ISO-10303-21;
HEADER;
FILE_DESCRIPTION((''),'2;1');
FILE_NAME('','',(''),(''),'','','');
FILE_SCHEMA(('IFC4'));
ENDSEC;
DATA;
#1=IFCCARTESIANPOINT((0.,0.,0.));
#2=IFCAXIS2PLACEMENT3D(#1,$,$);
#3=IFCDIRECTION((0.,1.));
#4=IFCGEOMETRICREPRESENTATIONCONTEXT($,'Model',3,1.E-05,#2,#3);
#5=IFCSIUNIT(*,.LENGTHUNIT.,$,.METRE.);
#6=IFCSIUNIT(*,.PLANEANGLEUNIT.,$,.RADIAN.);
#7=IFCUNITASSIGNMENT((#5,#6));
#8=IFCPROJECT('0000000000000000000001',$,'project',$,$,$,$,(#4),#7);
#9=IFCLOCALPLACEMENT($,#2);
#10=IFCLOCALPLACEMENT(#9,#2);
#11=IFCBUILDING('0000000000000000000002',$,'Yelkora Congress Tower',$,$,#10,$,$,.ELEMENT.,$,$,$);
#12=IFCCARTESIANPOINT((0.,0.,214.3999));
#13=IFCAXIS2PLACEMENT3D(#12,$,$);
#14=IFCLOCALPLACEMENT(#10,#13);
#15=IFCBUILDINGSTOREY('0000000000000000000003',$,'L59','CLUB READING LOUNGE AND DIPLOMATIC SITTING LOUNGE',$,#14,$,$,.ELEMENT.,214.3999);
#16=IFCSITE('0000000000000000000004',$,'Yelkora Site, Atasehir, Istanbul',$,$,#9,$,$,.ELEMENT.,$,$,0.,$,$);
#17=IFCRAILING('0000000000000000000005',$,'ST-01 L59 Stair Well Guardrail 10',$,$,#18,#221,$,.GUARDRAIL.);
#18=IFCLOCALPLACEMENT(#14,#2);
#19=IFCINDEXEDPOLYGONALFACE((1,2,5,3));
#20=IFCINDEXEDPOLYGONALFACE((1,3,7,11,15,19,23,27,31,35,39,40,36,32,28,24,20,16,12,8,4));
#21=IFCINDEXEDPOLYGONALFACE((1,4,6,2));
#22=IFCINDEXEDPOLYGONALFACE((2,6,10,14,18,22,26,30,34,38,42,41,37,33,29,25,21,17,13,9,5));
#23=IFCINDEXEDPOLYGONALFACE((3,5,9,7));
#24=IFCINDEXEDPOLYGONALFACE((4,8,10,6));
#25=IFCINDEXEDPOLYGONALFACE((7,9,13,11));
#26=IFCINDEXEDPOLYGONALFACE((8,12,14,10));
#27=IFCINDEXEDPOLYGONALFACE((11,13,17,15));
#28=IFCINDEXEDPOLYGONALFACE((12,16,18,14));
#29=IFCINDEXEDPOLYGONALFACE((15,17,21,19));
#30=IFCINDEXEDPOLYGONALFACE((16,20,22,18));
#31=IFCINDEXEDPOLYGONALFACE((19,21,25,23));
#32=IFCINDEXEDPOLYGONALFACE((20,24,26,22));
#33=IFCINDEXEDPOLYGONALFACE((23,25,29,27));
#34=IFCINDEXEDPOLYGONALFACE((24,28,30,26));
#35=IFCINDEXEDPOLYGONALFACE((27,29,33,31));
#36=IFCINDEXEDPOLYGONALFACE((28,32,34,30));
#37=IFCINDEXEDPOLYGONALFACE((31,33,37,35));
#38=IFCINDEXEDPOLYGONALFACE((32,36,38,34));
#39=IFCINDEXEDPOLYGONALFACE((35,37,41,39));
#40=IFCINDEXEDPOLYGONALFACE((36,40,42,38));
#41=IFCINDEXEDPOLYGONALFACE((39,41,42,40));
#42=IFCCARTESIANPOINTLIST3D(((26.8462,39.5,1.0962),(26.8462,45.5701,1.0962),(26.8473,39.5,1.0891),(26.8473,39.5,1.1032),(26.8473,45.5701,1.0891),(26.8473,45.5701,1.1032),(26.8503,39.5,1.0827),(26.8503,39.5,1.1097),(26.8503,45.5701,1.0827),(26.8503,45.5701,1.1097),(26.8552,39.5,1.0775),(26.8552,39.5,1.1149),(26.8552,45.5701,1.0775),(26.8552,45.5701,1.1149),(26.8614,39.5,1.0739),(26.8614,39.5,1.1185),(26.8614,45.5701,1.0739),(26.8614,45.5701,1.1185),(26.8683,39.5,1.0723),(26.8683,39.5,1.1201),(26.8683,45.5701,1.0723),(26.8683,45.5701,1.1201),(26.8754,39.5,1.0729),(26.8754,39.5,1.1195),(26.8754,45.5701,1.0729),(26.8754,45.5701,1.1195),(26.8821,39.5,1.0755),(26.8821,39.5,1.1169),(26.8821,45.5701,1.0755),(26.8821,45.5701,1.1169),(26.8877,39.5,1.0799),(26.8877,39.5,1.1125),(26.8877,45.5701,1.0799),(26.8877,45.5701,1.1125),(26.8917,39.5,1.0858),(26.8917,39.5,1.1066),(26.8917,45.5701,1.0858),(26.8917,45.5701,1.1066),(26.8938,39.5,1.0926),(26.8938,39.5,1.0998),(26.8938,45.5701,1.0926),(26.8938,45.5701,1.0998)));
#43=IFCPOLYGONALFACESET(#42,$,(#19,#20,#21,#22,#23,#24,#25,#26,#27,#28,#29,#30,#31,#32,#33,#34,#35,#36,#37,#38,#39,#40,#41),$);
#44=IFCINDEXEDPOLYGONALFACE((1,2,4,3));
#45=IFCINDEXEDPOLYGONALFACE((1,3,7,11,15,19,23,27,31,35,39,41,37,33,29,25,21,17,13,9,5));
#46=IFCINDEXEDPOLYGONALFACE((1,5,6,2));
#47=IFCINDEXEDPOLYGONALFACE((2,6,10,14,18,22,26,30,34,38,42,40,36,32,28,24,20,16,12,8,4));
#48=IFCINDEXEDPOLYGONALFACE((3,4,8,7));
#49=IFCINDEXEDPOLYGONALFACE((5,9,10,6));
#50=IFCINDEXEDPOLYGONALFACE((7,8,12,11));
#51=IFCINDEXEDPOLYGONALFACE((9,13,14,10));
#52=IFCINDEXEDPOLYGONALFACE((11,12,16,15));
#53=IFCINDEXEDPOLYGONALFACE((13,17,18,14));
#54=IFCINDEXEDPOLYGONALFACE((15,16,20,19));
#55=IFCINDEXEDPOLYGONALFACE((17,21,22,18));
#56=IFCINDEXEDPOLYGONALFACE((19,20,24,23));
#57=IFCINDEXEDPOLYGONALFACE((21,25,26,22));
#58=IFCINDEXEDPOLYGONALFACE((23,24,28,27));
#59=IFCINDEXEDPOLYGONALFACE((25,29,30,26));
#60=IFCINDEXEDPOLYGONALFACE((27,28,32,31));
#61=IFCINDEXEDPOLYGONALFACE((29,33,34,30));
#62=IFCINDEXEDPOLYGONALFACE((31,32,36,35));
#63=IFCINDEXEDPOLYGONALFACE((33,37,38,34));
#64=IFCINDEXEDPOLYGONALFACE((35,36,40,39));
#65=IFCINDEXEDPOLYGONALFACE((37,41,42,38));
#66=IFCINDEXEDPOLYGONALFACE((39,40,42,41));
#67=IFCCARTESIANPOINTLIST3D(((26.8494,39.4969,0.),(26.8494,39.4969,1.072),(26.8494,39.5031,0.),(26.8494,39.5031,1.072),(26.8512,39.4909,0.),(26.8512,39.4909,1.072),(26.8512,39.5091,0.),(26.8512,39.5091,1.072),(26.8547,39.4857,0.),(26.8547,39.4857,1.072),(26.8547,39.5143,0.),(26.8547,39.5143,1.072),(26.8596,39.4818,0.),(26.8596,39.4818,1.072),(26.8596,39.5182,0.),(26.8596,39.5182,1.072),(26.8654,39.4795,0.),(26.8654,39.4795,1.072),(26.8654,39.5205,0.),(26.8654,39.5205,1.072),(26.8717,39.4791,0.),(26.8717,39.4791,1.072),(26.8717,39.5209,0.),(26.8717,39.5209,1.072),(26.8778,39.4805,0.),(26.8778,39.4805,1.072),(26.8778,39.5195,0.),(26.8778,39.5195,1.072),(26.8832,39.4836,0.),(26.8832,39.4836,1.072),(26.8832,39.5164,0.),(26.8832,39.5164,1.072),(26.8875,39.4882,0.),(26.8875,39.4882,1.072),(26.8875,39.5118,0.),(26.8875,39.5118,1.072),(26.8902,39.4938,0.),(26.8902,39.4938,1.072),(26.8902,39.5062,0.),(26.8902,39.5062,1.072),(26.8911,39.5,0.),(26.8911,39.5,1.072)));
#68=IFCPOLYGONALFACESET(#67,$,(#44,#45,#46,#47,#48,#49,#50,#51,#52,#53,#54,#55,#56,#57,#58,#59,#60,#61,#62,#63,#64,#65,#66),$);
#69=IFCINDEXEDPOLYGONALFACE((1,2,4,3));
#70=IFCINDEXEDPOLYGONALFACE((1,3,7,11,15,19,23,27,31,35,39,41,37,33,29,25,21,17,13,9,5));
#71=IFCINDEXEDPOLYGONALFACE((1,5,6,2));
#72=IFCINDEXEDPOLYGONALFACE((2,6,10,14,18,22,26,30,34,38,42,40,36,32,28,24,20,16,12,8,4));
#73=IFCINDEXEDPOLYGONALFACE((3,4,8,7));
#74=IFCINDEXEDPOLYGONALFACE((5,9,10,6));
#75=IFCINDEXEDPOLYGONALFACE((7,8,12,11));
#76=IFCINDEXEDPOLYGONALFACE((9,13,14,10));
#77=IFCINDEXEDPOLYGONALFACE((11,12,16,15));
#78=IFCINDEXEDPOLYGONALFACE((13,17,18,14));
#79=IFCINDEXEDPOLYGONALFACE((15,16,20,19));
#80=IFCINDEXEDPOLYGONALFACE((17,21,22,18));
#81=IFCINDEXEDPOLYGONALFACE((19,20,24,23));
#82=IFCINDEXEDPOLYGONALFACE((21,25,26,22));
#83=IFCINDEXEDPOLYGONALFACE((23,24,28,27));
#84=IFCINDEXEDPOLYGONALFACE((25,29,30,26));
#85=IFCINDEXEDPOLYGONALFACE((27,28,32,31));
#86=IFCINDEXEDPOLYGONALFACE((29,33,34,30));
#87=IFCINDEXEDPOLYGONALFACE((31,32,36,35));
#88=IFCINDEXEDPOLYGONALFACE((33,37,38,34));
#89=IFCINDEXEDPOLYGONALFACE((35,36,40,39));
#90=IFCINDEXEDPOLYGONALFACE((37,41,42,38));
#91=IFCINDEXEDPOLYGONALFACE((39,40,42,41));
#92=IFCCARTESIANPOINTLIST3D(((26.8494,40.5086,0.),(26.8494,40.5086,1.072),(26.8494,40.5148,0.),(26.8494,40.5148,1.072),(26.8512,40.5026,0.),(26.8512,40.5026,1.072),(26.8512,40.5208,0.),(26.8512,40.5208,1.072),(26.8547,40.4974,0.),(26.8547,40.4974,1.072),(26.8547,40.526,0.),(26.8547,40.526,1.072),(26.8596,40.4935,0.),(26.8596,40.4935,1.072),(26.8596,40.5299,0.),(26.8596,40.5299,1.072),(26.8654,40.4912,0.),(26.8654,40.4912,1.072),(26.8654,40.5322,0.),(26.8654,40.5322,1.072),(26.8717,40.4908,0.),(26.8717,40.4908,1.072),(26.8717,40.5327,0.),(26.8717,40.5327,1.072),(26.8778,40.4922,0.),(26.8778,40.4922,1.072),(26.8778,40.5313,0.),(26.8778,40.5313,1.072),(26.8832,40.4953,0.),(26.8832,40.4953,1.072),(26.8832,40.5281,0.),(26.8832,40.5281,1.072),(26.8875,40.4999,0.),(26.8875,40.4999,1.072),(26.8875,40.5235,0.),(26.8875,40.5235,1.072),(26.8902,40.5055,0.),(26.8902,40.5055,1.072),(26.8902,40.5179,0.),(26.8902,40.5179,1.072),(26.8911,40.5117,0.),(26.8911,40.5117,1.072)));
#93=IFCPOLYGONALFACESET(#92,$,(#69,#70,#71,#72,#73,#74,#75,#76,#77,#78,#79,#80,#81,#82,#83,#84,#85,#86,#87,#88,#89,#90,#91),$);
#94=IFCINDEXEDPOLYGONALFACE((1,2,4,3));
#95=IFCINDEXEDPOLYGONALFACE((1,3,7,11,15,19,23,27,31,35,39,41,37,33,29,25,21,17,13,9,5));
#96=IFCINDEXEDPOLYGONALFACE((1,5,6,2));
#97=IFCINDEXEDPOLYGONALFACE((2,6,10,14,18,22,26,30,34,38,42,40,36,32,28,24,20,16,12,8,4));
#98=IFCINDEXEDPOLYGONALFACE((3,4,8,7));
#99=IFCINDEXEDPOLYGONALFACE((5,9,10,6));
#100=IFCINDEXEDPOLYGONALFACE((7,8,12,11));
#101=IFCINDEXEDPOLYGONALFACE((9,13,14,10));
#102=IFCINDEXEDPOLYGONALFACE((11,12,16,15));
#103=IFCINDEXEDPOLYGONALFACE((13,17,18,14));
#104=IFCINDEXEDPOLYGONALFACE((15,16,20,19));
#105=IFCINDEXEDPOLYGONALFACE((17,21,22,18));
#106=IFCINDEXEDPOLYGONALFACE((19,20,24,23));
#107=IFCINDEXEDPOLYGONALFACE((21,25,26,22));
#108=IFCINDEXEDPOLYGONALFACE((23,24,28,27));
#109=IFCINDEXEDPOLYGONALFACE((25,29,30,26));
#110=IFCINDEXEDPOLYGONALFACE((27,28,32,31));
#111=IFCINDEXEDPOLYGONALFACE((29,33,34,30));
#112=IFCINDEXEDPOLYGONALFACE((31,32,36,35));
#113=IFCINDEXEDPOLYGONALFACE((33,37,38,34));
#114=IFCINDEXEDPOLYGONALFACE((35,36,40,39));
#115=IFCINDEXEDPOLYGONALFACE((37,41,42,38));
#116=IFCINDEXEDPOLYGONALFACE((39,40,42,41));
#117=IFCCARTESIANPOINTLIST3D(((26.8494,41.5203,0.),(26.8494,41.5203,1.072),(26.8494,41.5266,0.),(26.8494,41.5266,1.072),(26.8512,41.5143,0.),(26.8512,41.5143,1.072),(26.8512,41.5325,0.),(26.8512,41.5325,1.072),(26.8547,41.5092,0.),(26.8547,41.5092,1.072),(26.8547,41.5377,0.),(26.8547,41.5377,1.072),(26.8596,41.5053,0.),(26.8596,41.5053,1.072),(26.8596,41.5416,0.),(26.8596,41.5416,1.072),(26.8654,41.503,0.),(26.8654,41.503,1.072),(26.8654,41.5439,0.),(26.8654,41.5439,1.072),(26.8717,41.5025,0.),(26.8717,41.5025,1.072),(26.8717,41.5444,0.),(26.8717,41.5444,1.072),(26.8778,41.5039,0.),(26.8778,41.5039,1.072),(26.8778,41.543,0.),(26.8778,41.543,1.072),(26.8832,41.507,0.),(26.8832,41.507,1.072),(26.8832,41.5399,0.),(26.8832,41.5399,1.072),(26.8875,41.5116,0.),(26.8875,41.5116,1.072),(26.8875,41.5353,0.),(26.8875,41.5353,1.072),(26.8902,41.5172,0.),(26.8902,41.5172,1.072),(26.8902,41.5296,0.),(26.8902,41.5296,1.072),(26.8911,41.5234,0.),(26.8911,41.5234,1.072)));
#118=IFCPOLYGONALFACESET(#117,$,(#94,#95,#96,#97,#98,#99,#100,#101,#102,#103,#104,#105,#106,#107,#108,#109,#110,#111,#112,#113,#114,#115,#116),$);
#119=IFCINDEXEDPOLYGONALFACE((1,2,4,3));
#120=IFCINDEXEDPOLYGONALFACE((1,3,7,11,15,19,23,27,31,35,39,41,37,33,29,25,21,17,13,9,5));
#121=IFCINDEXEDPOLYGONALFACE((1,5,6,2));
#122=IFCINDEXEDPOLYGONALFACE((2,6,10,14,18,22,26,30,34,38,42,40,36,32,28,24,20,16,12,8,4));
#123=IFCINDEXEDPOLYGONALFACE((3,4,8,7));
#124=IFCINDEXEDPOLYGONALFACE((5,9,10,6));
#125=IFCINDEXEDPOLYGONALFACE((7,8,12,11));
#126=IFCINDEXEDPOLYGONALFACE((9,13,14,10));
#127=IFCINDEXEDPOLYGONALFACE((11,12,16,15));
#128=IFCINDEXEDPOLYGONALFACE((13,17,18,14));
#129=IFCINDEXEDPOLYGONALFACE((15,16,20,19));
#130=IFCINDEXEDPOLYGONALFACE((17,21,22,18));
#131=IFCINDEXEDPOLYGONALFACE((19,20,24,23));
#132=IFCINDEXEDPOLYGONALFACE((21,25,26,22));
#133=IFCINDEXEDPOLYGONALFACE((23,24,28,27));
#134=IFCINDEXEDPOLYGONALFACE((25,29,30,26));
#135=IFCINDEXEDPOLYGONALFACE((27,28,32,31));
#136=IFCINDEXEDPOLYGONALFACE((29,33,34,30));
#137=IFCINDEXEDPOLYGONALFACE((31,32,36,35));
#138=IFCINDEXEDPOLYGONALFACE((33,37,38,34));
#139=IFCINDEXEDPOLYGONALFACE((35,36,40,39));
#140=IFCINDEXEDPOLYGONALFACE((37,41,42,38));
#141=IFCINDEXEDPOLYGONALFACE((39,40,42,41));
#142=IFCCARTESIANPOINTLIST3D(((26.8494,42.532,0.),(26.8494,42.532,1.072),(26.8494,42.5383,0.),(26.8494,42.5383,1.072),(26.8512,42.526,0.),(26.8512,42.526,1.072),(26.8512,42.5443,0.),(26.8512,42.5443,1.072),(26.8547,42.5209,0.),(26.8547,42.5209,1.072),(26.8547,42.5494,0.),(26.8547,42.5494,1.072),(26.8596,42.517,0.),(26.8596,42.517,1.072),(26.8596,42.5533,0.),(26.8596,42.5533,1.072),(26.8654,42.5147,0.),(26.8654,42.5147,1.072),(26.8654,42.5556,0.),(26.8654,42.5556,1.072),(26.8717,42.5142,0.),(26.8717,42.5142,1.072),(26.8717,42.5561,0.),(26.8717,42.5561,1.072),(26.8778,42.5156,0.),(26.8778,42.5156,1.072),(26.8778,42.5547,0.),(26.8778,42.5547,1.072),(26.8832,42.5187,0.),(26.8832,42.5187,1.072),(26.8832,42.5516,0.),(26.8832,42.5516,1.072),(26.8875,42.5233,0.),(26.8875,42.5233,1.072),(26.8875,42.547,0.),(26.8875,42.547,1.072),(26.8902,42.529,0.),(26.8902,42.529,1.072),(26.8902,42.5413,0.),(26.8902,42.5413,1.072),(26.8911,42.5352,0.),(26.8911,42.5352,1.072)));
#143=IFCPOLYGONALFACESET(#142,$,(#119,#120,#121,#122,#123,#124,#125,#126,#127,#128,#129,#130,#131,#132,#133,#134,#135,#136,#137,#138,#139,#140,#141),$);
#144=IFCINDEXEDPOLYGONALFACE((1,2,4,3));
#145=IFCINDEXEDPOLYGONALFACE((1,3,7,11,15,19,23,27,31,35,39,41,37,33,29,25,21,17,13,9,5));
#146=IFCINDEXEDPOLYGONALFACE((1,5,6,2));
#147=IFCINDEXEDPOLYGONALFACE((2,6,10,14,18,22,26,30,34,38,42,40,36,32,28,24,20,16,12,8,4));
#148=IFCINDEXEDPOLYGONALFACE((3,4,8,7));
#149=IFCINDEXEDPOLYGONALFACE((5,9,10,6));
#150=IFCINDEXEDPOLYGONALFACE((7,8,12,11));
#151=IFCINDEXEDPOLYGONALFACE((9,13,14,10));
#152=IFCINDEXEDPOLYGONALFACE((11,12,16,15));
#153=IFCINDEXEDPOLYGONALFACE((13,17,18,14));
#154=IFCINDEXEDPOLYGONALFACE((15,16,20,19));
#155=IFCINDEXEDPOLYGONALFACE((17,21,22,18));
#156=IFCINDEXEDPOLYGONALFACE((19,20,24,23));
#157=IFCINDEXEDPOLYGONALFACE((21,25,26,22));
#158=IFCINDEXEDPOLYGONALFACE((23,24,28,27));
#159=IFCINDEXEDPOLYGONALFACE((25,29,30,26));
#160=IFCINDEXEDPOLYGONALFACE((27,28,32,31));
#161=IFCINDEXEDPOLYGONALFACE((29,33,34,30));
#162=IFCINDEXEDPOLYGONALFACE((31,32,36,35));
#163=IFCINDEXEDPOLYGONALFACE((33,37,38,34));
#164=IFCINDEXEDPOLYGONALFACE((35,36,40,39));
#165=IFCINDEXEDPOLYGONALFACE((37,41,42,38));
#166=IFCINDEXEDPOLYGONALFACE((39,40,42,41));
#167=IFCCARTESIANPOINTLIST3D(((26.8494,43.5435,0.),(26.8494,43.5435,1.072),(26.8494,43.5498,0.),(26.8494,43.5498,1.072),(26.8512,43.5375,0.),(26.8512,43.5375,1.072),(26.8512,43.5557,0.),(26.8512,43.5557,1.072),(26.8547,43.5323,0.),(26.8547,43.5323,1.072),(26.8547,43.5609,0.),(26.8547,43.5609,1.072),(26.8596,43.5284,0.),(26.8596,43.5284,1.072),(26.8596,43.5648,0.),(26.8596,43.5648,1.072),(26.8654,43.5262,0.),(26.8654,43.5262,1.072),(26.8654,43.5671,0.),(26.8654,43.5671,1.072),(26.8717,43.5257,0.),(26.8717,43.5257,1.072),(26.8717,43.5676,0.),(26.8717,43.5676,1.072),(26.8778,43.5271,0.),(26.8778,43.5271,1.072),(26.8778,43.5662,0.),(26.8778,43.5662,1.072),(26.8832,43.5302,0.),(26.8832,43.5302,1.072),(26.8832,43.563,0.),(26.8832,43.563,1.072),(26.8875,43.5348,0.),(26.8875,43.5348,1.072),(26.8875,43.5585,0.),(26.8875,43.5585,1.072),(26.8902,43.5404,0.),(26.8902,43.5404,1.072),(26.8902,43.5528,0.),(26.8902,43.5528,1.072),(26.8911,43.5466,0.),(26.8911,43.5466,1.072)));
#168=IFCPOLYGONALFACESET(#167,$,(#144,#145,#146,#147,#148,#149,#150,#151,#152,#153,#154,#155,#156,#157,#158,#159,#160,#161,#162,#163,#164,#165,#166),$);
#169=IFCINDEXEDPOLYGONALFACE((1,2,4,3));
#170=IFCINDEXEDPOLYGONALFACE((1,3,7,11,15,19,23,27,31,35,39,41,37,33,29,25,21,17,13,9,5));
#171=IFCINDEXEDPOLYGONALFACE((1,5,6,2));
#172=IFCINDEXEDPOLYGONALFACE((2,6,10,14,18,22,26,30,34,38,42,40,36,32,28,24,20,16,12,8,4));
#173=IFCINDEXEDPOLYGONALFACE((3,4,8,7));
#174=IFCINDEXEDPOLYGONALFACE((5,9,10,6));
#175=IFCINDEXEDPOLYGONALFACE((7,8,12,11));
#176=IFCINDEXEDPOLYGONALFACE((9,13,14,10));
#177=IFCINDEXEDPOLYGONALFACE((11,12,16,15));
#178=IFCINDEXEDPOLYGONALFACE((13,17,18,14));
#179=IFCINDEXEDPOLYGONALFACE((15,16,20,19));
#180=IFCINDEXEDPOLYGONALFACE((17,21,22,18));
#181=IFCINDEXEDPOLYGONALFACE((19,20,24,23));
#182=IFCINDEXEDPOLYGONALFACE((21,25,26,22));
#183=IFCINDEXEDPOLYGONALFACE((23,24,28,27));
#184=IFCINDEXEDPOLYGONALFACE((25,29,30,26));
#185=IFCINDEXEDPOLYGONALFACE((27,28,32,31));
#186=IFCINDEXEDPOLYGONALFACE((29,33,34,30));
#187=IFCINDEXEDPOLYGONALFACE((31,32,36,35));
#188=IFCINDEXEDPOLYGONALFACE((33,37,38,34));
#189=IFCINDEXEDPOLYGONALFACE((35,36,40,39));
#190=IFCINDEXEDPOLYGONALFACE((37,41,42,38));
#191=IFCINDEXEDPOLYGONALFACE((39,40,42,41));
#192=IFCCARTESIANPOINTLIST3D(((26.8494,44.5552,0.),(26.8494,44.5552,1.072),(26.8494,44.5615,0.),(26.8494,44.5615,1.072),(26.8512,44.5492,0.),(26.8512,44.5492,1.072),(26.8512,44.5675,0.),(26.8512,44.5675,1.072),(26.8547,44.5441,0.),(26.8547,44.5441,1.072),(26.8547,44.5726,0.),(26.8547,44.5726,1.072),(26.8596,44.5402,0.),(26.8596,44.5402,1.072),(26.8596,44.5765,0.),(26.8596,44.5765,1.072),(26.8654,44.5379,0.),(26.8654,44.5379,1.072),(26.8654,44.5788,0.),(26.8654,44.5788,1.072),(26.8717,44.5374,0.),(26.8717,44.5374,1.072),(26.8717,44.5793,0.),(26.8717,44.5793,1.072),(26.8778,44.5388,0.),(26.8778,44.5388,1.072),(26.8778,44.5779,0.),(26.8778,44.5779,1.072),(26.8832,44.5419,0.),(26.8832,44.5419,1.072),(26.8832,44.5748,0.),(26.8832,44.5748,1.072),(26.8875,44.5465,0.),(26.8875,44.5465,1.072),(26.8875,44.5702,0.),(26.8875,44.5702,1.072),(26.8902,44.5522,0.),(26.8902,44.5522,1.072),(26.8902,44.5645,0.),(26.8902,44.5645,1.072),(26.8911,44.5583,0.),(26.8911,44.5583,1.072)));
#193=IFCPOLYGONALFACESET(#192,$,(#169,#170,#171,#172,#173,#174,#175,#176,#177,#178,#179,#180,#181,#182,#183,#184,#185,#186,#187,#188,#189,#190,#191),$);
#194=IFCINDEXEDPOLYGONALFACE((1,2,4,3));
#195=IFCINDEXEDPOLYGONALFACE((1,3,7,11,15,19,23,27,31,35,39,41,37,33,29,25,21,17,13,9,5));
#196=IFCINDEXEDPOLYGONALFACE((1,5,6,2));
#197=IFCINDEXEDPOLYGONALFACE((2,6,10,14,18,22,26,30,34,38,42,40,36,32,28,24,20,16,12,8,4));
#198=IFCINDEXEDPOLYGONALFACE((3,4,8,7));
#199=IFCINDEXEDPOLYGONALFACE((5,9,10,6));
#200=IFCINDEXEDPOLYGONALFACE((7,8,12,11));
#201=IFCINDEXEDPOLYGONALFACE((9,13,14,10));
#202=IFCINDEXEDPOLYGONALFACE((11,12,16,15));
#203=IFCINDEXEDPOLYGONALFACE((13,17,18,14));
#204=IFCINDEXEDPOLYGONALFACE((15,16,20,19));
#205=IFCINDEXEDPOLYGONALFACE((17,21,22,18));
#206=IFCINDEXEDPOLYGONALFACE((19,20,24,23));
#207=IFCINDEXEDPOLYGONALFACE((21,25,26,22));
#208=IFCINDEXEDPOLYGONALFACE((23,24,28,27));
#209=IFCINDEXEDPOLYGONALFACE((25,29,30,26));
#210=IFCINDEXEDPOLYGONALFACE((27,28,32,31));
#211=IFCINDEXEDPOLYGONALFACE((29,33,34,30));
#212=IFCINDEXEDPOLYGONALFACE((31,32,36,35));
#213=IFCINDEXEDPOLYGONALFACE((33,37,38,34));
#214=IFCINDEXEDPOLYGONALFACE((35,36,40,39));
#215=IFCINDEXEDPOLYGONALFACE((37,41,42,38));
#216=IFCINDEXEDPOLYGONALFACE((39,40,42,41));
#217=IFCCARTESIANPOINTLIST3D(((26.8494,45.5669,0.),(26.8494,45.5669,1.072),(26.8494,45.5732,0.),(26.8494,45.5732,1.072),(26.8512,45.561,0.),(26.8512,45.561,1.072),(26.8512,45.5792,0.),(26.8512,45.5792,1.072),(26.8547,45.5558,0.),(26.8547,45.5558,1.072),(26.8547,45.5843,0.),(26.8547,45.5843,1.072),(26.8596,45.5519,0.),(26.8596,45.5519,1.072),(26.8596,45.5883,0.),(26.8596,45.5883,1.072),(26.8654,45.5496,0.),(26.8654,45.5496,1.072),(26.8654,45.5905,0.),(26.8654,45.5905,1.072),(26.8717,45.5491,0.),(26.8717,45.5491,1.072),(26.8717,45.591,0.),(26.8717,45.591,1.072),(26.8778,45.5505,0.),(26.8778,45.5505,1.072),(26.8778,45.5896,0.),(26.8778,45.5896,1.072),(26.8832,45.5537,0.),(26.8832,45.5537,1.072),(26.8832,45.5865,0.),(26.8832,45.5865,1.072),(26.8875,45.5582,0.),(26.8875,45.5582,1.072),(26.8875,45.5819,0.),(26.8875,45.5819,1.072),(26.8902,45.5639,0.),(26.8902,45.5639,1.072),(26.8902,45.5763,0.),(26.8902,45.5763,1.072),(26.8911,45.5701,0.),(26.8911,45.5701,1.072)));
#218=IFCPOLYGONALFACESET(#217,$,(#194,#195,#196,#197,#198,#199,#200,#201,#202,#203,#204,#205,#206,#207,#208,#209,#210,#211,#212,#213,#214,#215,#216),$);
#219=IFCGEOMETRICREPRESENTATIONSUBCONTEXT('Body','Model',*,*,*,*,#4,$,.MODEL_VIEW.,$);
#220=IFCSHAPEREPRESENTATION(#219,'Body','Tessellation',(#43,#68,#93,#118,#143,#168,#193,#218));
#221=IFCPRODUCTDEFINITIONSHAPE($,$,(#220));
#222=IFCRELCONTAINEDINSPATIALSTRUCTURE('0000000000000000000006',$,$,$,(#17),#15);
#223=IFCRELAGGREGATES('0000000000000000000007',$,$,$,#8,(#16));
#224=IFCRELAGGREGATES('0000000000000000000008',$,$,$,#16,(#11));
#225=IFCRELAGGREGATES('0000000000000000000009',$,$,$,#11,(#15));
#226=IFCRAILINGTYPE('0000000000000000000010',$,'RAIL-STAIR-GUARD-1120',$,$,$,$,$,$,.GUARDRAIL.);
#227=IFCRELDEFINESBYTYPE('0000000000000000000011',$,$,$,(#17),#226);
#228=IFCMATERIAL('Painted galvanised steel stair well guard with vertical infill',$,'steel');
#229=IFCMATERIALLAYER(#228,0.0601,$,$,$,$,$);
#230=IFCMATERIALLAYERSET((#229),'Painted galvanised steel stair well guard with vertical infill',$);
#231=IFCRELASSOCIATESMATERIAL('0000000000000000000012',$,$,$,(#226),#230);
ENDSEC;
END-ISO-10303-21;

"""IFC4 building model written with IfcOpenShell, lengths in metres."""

from ifc_helpers import new_model, si_unit, direction, frame, origin, origin_2d, place, context, subcontext, project, spatial, circle, extrude, material, layer, layer_set, type_object, element, save


model = new_model("IFC4")

# Units and contexts
model_context = context("Model", 3, precision=1e-05, world=origin(), true_north=direction((0.0, 1.0)))
body_context = subcontext(model_context, "Body", "Model", "MODEL_VIEW")
ifc_project = project(units=[si_unit("LENGTHUNIT", "METRE"), si_unit("PLANEANGLEUNIT", "RADIAN")], contexts=[model_context])

# Site, building, storey
site_placement = place(None, origin())
site = spatial("IfcSite", under=ifc_project, at=site_placement, Name="Yelkora Site, Atasehir, Istanbul", CompositionType="ELEMENT", RefElevation=0.0)
building_placement = place(site_placement, origin())
building = spatial("IfcBuilding", under=site, at=building_placement, Name="Yelkora Congress Tower", CompositionType="ELEMENT")
storey_placement = place(building_placement, frame((0.0, 0.0, 214.3999)))
storey = spatial("IfcBuildingStorey", under=building, at=storey_placement, Name="L59", Description="CLUB READING LOUNGE AND DIPLOMATIC SITTING LOUNGE", CompositionType="ELEMENT", Elevation=214.3999)

# Railing
ifc_material_1 = material(Name="Painted galvanised steel stair well guard with vertical infill", Category="steel")
ifc_layer_1 = layer(ifc_material_1, 0.0601)
ifc_layer_set_1 = layer_set([ifc_layer_1], Name="Painted galvanised steel stair well guard with vertical infill")
railing_type_1 = type_object("IfcRailingType", Name="RAIL-STAIR-GUARD-1120", PredefinedType="GUARDRAIL", material=ifc_layer_set_1)
railing_1_placement = place(storey_placement, frame((26.8701, 39.5, 0.0)))
element("IfcRailing", 1, at=railing_1_placement, inside=storey, type_object=railing_type_1, Name="ST-01 L59 Stair Well Guardrail 10", PredefinedType="GUARDRAIL", context=body_context, shape_type="SweptSolid", body=[
    extrude(circle(Radius=0.0239, at=origin_2d()), frame((0.0, 0.0, 1.0962), z_axis=(0.0, 1.0, 0.0), x_axis=(-1.0, 0.0, 0.0)), (0.0, 0.0, 1.0), 6.0701),
    extrude(circle(Radius=0.021, at=origin_2d()), origin(), (0.0, 0.0, 1.0), 1.072),
    extrude(circle(Radius=0.021, at=origin_2d()), frame((0.0, 1.0117, 0.0)), (0.0, 0.0, 1.0), 1.072),
    extrude(circle(Radius=0.021, at=origin_2d()), frame((0.0, 2.0234, 0.0)), (0.0, 0.0, 1.0), 1.072),
    extrude(circle(Radius=0.021, at=origin_2d()), frame((0.0, 3.0352, 0.0)), (0.0, 0.0, 1.0), 1.072),
    extrude(circle(Radius=0.021, at=origin_2d()), frame((0.0, 4.0466, 0.0)), (0.0, 0.0, 1.0), 1.072),
    extrude(circle(Radius=0.021, at=origin_2d()), frame((0.0, 5.0583, 0.0)), (0.0, 0.0, 1.0), 1.072),
    extrude(circle(Radius=0.021, at=origin_2d()), frame((0.0, 6.0701, 0.0)), (0.0, 0.0, 1.0), 1.072),
])

save(model, "model.ifc")
